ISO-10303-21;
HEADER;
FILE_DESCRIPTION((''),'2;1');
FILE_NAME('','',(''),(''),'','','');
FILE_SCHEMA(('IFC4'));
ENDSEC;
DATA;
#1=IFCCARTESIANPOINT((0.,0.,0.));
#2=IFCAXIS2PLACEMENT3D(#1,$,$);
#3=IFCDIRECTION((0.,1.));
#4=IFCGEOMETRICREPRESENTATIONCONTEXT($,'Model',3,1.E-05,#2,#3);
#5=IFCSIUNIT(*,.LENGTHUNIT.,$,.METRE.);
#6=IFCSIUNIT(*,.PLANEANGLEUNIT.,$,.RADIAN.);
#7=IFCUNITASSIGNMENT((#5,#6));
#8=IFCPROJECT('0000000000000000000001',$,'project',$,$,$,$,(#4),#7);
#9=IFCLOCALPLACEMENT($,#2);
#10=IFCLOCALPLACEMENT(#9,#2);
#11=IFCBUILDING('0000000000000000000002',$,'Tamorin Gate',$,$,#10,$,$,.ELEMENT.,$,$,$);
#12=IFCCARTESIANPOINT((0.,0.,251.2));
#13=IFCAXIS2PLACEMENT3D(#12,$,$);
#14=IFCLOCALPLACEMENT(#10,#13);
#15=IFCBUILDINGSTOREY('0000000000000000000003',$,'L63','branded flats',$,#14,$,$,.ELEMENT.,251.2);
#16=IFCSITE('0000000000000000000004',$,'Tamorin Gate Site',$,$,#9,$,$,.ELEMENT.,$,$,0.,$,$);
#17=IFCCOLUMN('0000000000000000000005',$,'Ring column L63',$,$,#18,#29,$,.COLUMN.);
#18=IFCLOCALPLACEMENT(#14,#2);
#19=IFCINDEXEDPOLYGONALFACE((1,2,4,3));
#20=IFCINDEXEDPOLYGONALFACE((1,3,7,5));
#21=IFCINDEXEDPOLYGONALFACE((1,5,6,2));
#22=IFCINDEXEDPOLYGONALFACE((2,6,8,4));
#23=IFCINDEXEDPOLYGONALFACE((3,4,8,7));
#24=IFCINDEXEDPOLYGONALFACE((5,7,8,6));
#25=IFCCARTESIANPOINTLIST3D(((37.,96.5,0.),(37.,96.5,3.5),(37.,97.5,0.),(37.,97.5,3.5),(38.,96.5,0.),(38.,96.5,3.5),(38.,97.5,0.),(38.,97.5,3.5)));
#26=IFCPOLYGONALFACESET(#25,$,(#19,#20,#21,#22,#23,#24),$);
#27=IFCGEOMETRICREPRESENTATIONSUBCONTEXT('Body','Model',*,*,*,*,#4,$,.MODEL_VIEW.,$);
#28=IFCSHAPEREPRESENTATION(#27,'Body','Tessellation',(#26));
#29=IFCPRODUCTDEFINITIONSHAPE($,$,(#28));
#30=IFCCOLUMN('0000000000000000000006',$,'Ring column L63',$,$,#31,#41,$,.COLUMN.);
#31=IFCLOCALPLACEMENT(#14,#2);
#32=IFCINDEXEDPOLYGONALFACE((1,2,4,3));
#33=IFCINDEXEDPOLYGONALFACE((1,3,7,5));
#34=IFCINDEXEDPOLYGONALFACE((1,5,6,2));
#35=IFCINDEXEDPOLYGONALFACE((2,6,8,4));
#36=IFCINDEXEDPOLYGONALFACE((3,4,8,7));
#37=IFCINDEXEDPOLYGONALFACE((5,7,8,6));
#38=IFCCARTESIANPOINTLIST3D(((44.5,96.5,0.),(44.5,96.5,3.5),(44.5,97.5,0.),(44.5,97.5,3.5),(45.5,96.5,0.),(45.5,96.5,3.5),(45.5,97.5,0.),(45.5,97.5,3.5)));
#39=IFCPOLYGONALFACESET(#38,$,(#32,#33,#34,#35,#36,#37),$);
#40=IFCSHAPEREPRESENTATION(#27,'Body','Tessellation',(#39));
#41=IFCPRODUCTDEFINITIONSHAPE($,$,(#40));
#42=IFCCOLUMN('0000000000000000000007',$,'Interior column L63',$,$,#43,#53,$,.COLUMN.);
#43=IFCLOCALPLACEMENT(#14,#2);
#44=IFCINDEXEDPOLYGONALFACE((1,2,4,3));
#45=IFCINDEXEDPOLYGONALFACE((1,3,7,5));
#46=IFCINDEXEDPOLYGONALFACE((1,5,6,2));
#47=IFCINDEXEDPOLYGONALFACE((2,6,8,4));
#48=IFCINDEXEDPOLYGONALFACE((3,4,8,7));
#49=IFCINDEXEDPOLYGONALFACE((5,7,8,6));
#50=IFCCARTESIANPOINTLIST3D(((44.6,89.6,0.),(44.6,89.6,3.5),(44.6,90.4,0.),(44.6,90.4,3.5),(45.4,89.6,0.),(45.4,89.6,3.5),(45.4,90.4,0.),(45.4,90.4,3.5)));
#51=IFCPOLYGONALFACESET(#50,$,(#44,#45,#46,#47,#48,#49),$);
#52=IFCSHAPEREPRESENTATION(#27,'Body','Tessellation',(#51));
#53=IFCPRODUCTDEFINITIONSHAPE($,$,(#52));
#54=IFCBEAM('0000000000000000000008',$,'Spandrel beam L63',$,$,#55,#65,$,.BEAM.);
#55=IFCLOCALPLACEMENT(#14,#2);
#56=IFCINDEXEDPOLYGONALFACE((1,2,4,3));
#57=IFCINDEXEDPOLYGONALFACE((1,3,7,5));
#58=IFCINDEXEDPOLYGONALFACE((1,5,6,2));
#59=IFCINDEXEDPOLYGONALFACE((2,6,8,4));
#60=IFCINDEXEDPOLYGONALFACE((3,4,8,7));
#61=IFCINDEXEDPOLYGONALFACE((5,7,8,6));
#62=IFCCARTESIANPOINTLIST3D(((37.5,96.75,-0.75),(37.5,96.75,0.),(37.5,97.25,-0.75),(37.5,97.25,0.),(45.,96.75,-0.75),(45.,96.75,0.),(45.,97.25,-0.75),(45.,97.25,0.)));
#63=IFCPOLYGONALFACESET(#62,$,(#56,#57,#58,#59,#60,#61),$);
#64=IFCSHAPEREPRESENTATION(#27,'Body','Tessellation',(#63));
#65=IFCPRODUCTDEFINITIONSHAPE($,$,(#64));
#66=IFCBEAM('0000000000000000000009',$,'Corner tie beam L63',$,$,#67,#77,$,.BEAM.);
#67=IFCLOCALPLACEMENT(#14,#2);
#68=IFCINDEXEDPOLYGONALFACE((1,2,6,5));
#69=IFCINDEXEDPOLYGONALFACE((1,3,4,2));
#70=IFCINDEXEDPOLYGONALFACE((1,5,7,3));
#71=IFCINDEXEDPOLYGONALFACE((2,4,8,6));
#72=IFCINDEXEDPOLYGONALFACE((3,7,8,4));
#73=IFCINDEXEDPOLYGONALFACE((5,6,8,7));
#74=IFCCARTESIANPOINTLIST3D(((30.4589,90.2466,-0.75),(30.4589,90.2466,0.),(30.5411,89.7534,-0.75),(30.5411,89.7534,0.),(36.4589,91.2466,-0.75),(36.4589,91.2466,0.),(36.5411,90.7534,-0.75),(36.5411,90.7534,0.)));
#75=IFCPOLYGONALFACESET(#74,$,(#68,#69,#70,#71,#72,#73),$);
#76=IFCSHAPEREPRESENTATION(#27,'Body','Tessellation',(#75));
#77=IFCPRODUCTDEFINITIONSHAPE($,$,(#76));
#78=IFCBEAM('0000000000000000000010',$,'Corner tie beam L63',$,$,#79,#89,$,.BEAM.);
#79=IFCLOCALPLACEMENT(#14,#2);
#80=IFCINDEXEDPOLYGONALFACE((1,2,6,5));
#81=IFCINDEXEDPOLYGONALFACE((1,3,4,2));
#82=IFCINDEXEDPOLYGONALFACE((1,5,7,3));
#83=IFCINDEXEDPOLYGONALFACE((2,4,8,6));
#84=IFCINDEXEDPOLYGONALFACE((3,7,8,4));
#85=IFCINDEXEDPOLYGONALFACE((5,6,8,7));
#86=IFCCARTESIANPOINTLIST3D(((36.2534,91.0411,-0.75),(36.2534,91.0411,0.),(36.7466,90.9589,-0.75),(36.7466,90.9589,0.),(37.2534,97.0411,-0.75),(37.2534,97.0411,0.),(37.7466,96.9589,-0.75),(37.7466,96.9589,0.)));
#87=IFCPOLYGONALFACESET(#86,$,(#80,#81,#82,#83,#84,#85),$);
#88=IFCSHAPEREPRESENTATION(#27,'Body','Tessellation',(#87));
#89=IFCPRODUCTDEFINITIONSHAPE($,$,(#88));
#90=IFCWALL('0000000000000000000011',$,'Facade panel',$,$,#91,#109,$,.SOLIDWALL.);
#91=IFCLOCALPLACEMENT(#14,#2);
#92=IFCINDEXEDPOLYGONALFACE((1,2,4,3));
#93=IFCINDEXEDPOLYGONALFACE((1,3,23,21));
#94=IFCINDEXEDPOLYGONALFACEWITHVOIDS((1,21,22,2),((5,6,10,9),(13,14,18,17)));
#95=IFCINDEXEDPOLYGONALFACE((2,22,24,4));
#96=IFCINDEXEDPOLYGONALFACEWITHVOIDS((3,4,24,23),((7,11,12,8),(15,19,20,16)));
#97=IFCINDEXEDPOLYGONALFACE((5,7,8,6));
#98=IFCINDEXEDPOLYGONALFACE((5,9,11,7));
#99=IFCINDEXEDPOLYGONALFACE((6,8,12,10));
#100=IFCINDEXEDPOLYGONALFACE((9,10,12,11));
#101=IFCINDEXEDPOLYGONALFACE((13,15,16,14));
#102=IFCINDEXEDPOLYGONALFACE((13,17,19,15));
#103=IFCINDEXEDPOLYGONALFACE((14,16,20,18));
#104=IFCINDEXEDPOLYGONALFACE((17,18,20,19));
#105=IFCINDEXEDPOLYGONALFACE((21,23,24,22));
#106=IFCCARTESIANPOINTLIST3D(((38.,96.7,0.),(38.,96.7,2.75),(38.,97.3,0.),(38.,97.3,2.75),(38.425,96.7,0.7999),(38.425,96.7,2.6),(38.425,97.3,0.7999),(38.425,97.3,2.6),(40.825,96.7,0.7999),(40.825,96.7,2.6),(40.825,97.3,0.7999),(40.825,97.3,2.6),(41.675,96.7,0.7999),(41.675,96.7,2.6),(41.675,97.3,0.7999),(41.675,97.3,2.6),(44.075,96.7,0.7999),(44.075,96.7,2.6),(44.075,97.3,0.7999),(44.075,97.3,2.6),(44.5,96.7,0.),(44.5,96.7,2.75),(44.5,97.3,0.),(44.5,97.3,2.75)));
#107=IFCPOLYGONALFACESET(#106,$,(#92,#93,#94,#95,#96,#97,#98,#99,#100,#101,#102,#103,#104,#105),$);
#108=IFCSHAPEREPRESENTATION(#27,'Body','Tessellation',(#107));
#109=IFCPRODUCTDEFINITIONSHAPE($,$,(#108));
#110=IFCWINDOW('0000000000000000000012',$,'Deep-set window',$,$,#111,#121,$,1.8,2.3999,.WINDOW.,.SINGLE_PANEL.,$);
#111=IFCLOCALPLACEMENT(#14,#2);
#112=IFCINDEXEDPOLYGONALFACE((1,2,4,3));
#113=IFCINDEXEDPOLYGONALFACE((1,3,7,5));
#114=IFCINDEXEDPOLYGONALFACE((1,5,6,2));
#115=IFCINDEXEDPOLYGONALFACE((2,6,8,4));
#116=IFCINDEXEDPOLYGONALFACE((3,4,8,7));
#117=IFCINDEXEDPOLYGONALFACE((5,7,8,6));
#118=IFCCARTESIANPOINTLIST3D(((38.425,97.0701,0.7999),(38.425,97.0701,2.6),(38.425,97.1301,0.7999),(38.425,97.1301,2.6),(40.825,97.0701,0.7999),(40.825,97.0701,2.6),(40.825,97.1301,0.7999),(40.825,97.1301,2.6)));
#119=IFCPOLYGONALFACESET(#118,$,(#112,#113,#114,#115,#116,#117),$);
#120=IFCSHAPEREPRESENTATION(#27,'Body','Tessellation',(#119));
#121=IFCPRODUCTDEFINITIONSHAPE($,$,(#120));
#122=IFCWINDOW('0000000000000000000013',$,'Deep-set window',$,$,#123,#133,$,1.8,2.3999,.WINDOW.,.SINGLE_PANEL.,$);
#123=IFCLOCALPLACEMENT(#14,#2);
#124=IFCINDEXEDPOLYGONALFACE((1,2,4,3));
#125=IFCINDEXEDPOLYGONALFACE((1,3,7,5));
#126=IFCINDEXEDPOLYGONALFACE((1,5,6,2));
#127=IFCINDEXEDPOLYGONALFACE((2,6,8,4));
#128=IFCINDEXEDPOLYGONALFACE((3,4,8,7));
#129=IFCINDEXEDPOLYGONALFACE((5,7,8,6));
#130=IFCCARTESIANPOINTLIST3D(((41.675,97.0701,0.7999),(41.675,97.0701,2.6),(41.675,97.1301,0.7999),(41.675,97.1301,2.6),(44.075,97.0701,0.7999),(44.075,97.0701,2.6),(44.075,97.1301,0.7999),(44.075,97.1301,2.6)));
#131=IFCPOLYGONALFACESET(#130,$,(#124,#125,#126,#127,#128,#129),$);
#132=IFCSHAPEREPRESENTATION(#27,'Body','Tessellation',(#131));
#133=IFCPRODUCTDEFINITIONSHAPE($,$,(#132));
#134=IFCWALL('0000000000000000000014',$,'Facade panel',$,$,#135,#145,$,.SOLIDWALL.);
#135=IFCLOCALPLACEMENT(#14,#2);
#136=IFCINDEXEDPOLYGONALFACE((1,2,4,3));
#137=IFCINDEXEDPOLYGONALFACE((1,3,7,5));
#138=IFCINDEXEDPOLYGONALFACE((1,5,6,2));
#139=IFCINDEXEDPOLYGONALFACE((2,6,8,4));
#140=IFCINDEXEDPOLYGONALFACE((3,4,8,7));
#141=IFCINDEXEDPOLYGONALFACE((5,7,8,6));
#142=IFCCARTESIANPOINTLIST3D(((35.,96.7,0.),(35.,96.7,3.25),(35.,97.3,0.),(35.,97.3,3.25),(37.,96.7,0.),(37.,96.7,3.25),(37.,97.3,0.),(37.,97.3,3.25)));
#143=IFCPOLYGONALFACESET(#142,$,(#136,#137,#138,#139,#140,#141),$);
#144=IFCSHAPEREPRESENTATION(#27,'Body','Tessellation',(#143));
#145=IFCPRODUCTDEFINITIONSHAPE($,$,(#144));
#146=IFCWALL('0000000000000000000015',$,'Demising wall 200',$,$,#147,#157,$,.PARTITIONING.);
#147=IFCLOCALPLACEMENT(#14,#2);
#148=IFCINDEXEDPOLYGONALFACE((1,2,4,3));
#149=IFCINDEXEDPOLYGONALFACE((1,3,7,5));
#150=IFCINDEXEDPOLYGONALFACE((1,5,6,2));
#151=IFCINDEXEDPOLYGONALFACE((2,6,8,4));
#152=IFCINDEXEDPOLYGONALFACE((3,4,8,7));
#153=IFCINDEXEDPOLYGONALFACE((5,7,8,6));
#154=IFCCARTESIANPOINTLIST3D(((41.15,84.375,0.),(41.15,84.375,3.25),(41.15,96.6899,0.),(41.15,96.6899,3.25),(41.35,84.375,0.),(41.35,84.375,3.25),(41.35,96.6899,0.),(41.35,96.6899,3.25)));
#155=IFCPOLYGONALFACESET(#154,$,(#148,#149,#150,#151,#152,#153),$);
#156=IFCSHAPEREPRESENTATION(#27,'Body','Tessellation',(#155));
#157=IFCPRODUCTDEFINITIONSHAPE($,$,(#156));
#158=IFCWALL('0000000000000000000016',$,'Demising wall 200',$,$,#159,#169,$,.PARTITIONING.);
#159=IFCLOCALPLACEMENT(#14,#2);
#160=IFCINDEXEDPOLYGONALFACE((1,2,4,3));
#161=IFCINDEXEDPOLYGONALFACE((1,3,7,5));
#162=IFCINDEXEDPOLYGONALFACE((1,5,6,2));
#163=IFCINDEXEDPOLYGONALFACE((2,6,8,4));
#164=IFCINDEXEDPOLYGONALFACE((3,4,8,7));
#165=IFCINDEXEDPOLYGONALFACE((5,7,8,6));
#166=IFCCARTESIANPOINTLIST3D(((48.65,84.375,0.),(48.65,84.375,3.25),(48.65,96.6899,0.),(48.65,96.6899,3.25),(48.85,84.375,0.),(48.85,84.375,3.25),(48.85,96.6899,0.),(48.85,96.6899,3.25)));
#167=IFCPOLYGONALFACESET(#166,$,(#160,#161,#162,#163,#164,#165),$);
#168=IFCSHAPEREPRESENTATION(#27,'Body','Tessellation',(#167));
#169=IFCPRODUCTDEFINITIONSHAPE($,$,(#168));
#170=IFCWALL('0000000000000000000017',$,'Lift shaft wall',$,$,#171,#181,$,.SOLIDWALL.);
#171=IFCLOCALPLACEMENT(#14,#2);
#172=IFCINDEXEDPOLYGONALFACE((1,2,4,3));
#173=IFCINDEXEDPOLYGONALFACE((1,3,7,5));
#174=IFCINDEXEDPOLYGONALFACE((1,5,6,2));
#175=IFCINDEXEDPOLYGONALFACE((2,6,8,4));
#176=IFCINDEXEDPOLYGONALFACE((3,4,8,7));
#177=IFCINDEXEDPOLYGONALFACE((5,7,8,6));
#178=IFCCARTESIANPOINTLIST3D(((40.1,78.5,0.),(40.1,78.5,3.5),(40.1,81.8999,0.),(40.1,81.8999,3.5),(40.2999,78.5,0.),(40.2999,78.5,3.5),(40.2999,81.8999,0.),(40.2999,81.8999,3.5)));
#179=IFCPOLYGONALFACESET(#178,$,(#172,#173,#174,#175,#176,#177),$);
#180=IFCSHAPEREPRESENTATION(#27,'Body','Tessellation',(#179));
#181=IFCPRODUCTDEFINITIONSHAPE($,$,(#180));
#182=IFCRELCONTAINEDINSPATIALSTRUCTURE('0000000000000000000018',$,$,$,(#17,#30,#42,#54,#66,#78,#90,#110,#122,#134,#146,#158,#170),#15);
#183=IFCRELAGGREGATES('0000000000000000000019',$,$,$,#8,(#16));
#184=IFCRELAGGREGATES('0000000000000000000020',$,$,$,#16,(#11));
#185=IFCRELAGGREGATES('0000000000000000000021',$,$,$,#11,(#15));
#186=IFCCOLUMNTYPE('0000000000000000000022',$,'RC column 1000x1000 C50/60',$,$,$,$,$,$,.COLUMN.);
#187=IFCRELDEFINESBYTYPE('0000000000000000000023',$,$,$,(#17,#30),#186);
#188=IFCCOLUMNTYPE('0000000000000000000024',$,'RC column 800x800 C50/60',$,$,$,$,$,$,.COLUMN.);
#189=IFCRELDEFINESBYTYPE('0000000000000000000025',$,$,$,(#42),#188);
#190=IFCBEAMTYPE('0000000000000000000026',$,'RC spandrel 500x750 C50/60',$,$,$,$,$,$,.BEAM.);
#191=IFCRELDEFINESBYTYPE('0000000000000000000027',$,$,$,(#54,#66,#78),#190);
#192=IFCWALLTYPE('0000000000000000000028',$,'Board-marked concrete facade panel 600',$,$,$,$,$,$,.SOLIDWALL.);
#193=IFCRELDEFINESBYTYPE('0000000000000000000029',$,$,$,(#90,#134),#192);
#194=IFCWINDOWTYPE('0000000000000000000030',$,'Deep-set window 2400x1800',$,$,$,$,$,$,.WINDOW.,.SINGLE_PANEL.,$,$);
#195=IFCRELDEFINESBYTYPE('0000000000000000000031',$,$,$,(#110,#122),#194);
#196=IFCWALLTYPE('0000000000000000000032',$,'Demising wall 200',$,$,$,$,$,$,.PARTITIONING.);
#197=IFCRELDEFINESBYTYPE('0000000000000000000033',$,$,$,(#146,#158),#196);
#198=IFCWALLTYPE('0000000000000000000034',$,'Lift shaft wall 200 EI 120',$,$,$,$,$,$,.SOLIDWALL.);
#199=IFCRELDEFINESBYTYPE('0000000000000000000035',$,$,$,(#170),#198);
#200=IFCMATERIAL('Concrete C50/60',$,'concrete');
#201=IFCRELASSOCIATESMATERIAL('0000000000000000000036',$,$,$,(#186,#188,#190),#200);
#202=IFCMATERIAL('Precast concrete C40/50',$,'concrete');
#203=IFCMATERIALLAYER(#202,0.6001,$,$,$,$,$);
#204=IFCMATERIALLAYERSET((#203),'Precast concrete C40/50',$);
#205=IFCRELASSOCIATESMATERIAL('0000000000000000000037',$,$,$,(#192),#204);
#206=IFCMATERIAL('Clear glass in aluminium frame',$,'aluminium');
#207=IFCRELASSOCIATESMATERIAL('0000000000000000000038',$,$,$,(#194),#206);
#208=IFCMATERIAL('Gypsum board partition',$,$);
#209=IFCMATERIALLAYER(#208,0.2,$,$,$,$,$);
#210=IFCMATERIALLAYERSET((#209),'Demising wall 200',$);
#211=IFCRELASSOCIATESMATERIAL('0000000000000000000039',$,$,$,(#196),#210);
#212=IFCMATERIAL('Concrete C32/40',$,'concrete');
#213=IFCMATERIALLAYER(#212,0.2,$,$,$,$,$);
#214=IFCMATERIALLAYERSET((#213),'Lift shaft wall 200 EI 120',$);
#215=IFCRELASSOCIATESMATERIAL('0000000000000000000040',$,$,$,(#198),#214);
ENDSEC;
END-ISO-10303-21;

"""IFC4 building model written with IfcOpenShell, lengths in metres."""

from ifc_helpers import new_model, si_unit, direction, frame, frame_2d, origin, origin_2d, place, context, subcontext, project, spatial, rectangle, extrude, material, layer, layer_set, material_profile, profile_set, type_object, element, fill, save


model = new_model("IFC4")

# Units and contexts
model_context = context("Model", 3, precision=1e-05, world=origin(), true_north=direction((0.0, 1.0)))
body_context = subcontext(model_context, "Body", "Model", "MODEL_VIEW")
ifc_project = project(units=[si_unit("LENGTHUNIT", "METRE"), si_unit("PLANEANGLEUNIT", "RADIAN")], contexts=[model_context])

# Site, building, storey
site_placement = place(None, origin())
site = spatial("IfcSite", under=ifc_project, at=site_placement, Name="Tamorin Gate Site", CompositionType="ELEMENT", RefElevation=0.0)
building_placement = place(site_placement, origin())
building = spatial("IfcBuilding", under=site, at=building_placement, Name="Tamorin Gate", CompositionType="ELEMENT")
storey_placement = place(building_placement, frame((0.0, 0.0, 251.2)))
storey = spatial("IfcBuildingStorey", under=building, at=storey_placement, Name="L63", Description="branded flats", CompositionType="ELEMENT", Elevation=251.2)

# Columns
ifc_material_1 = material(Name="Concrete C50/60", Category="concrete")
ifc_material_profile_1 = material_profile(ifc_material_1, rectangle(XDim=1.0, YDim=1.0, at=origin_2d()), Name="RC 1000x1000")
ifc_profile_set_1 = profile_set([ifc_material_profile_1], Name="Concrete C50/60")
column_type_1 = type_object("IfcColumnType", Name="RC column 1000x1000 C50/60", PredefinedType="COLUMN", material=ifc_profile_set_1)
for number, where, z_axis, x_axis, name in (
    (1, (37.5, 97.0, 0.0), (0.0, 0.0, 1.0), (1.0, 0.0, 0.0), "Ring column L63"),
    (2, (45.0, 97.0, 0.0), (0.0, 0.0, 1.0), (1.0, 0.0, 0.0), "Ring column L63"),
):
    element("IfcColumn", number, at=place(storey_placement, frame(where, z_axis=z_axis, x_axis=x_axis)), inside=storey, type_object=column_type_1, Name=name, PredefinedType="COLUMN", context=body_context, shape_type="SweptSolid", body=[
        extrude(rectangle(XDim=1.0, YDim=1.0, at=origin_2d()), origin(), (0.0, 0.0, 1.0), 3.5),
    ])
ifc_material_profile_2 = material_profile(ifc_material_1, rectangle(XDim=0.8, YDim=0.8, at=origin_2d()), Name="RC 800x800")
ifc_profile_set_2 = profile_set([ifc_material_profile_2], Name="Concrete C50/60")
column_type_2 = type_object("IfcColumnType", Name="RC column 800x800 C50/60", PredefinedType="COLUMN", material=ifc_profile_set_2)
column_placement = place(storey_placement, frame((45.0, 90.0, 0.0), z_axis=(0.0, 0.0, 1.0), x_axis=(1.0, 0.0, 0.0)))
element("IfcColumn", 3, at=column_placement, inside=storey, type_object=column_type_2, Name="Interior column L63", PredefinedType="COLUMN", context=body_context, shape_type="SweptSolid", body=[
    extrude(rectangle(XDim=0.8, YDim=0.8, at=origin_2d()), origin(), (0.0, 0.0, 1.0), 3.5),
])

# Beams
ifc_material_profile_3 = material_profile(ifc_material_1, rectangle(XDim=0.5, YDim=0.75, at=origin_2d()), Name="RC 500x750")
ifc_profile_set_3 = profile_set([ifc_material_profile_3], Name="Concrete C50/60")
beam_type = type_object("IfcBeamType", Name="RC spandrel 500x750 C50/60", PredefinedType="BEAM", material=ifc_profile_set_3)
beam_placement = place(storey_placement, frame((45.0, 97.0, -0.375), z_axis=(-1.0, 0.0, 0.0), x_axis=(0.0, -1.0, 0.0)))
element("IfcBeam", 4, at=beam_placement, inside=storey, type_object=beam_type, Name="Spandrel beam L63", PredefinedType="BEAM", context=body_context, shape_type="SweptSolid", body=[
    extrude(rectangle(XDim=0.5, YDim=0.75, at=origin_2d()), origin(), (0.0, 0.0, 1.0), 7.5),
])
for number, where, z_axis, x_axis, name in (
    (5, (36.5, 91.0, -0.375), (-0.986394, -0.164399, 0.0), (0.164399, -0.986394, 0.0), "Corner tie beam L63"),
    (6, (36.5, 91.0, -0.375), (0.164399, 0.986394, 0.0), (-0.986394, 0.164399, 0.0), "Corner tie beam L63"),
):
    element("IfcBeam", number, at=place(storey_placement, frame(where, z_axis=z_axis, x_axis=x_axis)), inside=storey, type_object=beam_type, Name=name, PredefinedType="BEAM", context=body_context, shape_type="SweptSolid", body=[
        extrude(rectangle(XDim=0.5, YDim=0.75, at=origin_2d()), origin(), (0.0, 0.0, 1.0), 6.0828),
    ])

# Wall, openings, windows
ifc_material_2 = material(Name="Precast concrete C40/50", Category="concrete")
ifc_layer_1 = layer(ifc_material_2, 0.6001)
ifc_layer_set_1 = layer_set([ifc_layer_1], Name="Precast concrete C40/50")
wall_type_1 = type_object("IfcWallType", Name="Board-marked concrete facade panel 600", PredefinedType="SOLIDWALL", material=ifc_layer_set_1)
wall_1_placement = place(storey_placement, frame((44.5, 97.0, 0.0), z_axis=(0.0, 0.0, 1.0), x_axis=(-1.0, 0.0, 0.0)))
wall_1 = element("IfcWall", 7, at=wall_1_placement, inside=storey, type_object=wall_type_1, Name="Facade panel", PredefinedType="SOLIDWALL", context=body_context, shape_type="SweptSolid", body=[
    extrude(rectangle(XDim=6.5, YDim=0.6001, at=frame_2d((3.25, 0.0))), origin(), (0.0, 0.0, 1.0), 2.75),
])
opening_1_placement = place(wall_1_placement, frame((3.675, 0.0, 0.8)))
opening_1 = element("IfcOpeningElement", 8, at=opening_1_placement, cuts=wall_1, PredefinedType="OPENING", context=body_context, shape_type="SweptSolid", body=[
    extrude(rectangle(XDim=2.3999, YDim=1.8, at=frame_2d((1.2, 0.8999))), frame((0.0, 0.3101, 0.0), z_axis=(0.0, -1.0, 0.0), x_axis=(1.0, 0.0, 0.0)), (0.0, 0.0, 1.0), 0.6201),
])
opening_2_placement = place(wall_1_placement, frame((0.425, 0.0, 0.8)))
opening_2 = element("IfcOpeningElement", 9, at=opening_2_placement, cuts=wall_1, PredefinedType="OPENING", context=body_context, shape_type="SweptSolid", body=[
    extrude(rectangle(XDim=2.3999, YDim=1.8, at=frame_2d((1.2, 0.8999))), frame((0.0, 0.3101, 0.0), z_axis=(0.0, -1.0, 0.0), x_axis=(1.0, 0.0, 0.0)), (0.0, 0.0, 1.0), 0.6201),
])
ifc_material_3 = material(Name="Clear glass in aluminium frame", Category="aluminium")
window_type = type_object("IfcWindowType", Name="Deep-set window 2400x1800", PartitioningType="SINGLE_PANEL", PredefinedType="WINDOW", material=ifc_material_3)
window_1_placement = place(opening_1_placement, origin())
window_1 = element("IfcWindow", 10, at=window_1_placement, inside=storey, type_object=window_type, Name="Deep-set window", OverallHeight=1.8, OverallWidth=2.3999, PartitioningType="SINGLE_PANEL", PredefinedType="WINDOW", context=body_context, shape_type="SweptSolid", body=[
    extrude(rectangle(XDim=2.3999, YDim=1.8, at=frame_2d((1.2, 0.8999))), frame((0.0, -0.0701, 0.0), z_axis=(0.0, -1.0, 0.0), x_axis=(1.0, 0.0, 0.0)), (0.0, 0.0, 1.0), 0.0601),
])
fill(opening_1, window_1)
window_2_placement = place(opening_2_placement, origin())
window_2 = element("IfcWindow", 11, at=window_2_placement, inside=storey, type_object=window_type, Name="Deep-set window", OverallHeight=1.8, OverallWidth=2.3999, PartitioningType="SINGLE_PANEL", PredefinedType="WINDOW", context=body_context, shape_type="SweptSolid", body=[
    extrude(rectangle(XDim=2.3999, YDim=1.8, at=frame_2d((1.2, 0.8999))), frame((0.0, -0.0701, 0.0), z_axis=(0.0, -1.0, 0.0), x_axis=(1.0, 0.0, 0.0)), (0.0, 0.0, 1.0), 0.0601),
])
fill(opening_2, window_2)

# Walls
wall_2_placement = place(storey_placement, frame((37.0, 97.0, 0.0), z_axis=(0.0, 0.0, 1.0), x_axis=(-1.0, 0.0, 0.0)))
element("IfcWall", 12, at=wall_2_placement, inside=storey, type_object=wall_type_1, Name="Facade panel", PredefinedType="SOLIDWALL", context=body_context, shape_type="SweptSolid", body=[
    extrude(rectangle(XDim=2.0, YDim=0.6001, at=frame_2d((1.0, 0.0))), origin(), (0.0, 0.0, 1.0), 3.25),
])
ifc_material_4 = material(Name="Gypsum board partition")
ifc_layer_2 = layer(ifc_material_4, 0.2)
ifc_layer_set_2 = layer_set([ifc_layer_2], Name="Demising wall 200")
wall_type_2 = type_object("IfcWallType", Name="Demising wall 200", PredefinedType="PARTITIONING", material=ifc_layer_set_2)
for number, where, z_axis, x_axis, name in (
    (13, (41.25, 84.375, 0.0), (0.0, 0.0, 1.0), (0.0, 1.0, 0.0), "Demising wall 200"),
    (14, (48.75, 84.375, 0.0), (0.0, 0.0, 1.0), (0.0, 1.0, 0.0), "Demising wall 200"),
):
    element("IfcWall", number, at=place(storey_placement, frame(where, z_axis=z_axis, x_axis=x_axis)), inside=storey, type_object=wall_type_2, Name=name, PredefinedType="PARTITIONING", context=body_context, shape_type="SweptSolid", body=[
        extrude(rectangle(XDim=12.3149, YDim=0.2, at=frame_2d((6.1575, 0.0))), origin(), (0.0, 0.0, 1.0), 3.25),
    ])
ifc_material_5 = material(Name="Concrete C32/40", Category="concrete")
ifc_layer_3 = layer(ifc_material_5, 0.2)
ifc_layer_set_3 = layer_set([ifc_layer_3], Name="Lift shaft wall 200 EI 120")
wall_type_3 = type_object("IfcWallType", Name="Lift shaft wall 200 EI 120", PredefinedType="SOLIDWALL", material=ifc_layer_set_3)
wall_3_placement = place(storey_placement, frame((40.2, 78.5, 0.0), z_axis=(0.0, 0.0, 1.0), x_axis=(0.0, 1.0, 0.0)))
element("IfcWall", 15, at=wall_3_placement, inside=storey, type_object=wall_type_3, Name="Lift shaft wall", PredefinedType="SOLIDWALL", context=body_context, shape_type="SweptSolid", body=[
    extrude(rectangle(XDim=3.3999, YDim=0.2, at=frame_2d((1.7, 0.0))), origin(), (0.0, 0.0, 1.0), 3.5),
])

save(model, "model.ifc")
